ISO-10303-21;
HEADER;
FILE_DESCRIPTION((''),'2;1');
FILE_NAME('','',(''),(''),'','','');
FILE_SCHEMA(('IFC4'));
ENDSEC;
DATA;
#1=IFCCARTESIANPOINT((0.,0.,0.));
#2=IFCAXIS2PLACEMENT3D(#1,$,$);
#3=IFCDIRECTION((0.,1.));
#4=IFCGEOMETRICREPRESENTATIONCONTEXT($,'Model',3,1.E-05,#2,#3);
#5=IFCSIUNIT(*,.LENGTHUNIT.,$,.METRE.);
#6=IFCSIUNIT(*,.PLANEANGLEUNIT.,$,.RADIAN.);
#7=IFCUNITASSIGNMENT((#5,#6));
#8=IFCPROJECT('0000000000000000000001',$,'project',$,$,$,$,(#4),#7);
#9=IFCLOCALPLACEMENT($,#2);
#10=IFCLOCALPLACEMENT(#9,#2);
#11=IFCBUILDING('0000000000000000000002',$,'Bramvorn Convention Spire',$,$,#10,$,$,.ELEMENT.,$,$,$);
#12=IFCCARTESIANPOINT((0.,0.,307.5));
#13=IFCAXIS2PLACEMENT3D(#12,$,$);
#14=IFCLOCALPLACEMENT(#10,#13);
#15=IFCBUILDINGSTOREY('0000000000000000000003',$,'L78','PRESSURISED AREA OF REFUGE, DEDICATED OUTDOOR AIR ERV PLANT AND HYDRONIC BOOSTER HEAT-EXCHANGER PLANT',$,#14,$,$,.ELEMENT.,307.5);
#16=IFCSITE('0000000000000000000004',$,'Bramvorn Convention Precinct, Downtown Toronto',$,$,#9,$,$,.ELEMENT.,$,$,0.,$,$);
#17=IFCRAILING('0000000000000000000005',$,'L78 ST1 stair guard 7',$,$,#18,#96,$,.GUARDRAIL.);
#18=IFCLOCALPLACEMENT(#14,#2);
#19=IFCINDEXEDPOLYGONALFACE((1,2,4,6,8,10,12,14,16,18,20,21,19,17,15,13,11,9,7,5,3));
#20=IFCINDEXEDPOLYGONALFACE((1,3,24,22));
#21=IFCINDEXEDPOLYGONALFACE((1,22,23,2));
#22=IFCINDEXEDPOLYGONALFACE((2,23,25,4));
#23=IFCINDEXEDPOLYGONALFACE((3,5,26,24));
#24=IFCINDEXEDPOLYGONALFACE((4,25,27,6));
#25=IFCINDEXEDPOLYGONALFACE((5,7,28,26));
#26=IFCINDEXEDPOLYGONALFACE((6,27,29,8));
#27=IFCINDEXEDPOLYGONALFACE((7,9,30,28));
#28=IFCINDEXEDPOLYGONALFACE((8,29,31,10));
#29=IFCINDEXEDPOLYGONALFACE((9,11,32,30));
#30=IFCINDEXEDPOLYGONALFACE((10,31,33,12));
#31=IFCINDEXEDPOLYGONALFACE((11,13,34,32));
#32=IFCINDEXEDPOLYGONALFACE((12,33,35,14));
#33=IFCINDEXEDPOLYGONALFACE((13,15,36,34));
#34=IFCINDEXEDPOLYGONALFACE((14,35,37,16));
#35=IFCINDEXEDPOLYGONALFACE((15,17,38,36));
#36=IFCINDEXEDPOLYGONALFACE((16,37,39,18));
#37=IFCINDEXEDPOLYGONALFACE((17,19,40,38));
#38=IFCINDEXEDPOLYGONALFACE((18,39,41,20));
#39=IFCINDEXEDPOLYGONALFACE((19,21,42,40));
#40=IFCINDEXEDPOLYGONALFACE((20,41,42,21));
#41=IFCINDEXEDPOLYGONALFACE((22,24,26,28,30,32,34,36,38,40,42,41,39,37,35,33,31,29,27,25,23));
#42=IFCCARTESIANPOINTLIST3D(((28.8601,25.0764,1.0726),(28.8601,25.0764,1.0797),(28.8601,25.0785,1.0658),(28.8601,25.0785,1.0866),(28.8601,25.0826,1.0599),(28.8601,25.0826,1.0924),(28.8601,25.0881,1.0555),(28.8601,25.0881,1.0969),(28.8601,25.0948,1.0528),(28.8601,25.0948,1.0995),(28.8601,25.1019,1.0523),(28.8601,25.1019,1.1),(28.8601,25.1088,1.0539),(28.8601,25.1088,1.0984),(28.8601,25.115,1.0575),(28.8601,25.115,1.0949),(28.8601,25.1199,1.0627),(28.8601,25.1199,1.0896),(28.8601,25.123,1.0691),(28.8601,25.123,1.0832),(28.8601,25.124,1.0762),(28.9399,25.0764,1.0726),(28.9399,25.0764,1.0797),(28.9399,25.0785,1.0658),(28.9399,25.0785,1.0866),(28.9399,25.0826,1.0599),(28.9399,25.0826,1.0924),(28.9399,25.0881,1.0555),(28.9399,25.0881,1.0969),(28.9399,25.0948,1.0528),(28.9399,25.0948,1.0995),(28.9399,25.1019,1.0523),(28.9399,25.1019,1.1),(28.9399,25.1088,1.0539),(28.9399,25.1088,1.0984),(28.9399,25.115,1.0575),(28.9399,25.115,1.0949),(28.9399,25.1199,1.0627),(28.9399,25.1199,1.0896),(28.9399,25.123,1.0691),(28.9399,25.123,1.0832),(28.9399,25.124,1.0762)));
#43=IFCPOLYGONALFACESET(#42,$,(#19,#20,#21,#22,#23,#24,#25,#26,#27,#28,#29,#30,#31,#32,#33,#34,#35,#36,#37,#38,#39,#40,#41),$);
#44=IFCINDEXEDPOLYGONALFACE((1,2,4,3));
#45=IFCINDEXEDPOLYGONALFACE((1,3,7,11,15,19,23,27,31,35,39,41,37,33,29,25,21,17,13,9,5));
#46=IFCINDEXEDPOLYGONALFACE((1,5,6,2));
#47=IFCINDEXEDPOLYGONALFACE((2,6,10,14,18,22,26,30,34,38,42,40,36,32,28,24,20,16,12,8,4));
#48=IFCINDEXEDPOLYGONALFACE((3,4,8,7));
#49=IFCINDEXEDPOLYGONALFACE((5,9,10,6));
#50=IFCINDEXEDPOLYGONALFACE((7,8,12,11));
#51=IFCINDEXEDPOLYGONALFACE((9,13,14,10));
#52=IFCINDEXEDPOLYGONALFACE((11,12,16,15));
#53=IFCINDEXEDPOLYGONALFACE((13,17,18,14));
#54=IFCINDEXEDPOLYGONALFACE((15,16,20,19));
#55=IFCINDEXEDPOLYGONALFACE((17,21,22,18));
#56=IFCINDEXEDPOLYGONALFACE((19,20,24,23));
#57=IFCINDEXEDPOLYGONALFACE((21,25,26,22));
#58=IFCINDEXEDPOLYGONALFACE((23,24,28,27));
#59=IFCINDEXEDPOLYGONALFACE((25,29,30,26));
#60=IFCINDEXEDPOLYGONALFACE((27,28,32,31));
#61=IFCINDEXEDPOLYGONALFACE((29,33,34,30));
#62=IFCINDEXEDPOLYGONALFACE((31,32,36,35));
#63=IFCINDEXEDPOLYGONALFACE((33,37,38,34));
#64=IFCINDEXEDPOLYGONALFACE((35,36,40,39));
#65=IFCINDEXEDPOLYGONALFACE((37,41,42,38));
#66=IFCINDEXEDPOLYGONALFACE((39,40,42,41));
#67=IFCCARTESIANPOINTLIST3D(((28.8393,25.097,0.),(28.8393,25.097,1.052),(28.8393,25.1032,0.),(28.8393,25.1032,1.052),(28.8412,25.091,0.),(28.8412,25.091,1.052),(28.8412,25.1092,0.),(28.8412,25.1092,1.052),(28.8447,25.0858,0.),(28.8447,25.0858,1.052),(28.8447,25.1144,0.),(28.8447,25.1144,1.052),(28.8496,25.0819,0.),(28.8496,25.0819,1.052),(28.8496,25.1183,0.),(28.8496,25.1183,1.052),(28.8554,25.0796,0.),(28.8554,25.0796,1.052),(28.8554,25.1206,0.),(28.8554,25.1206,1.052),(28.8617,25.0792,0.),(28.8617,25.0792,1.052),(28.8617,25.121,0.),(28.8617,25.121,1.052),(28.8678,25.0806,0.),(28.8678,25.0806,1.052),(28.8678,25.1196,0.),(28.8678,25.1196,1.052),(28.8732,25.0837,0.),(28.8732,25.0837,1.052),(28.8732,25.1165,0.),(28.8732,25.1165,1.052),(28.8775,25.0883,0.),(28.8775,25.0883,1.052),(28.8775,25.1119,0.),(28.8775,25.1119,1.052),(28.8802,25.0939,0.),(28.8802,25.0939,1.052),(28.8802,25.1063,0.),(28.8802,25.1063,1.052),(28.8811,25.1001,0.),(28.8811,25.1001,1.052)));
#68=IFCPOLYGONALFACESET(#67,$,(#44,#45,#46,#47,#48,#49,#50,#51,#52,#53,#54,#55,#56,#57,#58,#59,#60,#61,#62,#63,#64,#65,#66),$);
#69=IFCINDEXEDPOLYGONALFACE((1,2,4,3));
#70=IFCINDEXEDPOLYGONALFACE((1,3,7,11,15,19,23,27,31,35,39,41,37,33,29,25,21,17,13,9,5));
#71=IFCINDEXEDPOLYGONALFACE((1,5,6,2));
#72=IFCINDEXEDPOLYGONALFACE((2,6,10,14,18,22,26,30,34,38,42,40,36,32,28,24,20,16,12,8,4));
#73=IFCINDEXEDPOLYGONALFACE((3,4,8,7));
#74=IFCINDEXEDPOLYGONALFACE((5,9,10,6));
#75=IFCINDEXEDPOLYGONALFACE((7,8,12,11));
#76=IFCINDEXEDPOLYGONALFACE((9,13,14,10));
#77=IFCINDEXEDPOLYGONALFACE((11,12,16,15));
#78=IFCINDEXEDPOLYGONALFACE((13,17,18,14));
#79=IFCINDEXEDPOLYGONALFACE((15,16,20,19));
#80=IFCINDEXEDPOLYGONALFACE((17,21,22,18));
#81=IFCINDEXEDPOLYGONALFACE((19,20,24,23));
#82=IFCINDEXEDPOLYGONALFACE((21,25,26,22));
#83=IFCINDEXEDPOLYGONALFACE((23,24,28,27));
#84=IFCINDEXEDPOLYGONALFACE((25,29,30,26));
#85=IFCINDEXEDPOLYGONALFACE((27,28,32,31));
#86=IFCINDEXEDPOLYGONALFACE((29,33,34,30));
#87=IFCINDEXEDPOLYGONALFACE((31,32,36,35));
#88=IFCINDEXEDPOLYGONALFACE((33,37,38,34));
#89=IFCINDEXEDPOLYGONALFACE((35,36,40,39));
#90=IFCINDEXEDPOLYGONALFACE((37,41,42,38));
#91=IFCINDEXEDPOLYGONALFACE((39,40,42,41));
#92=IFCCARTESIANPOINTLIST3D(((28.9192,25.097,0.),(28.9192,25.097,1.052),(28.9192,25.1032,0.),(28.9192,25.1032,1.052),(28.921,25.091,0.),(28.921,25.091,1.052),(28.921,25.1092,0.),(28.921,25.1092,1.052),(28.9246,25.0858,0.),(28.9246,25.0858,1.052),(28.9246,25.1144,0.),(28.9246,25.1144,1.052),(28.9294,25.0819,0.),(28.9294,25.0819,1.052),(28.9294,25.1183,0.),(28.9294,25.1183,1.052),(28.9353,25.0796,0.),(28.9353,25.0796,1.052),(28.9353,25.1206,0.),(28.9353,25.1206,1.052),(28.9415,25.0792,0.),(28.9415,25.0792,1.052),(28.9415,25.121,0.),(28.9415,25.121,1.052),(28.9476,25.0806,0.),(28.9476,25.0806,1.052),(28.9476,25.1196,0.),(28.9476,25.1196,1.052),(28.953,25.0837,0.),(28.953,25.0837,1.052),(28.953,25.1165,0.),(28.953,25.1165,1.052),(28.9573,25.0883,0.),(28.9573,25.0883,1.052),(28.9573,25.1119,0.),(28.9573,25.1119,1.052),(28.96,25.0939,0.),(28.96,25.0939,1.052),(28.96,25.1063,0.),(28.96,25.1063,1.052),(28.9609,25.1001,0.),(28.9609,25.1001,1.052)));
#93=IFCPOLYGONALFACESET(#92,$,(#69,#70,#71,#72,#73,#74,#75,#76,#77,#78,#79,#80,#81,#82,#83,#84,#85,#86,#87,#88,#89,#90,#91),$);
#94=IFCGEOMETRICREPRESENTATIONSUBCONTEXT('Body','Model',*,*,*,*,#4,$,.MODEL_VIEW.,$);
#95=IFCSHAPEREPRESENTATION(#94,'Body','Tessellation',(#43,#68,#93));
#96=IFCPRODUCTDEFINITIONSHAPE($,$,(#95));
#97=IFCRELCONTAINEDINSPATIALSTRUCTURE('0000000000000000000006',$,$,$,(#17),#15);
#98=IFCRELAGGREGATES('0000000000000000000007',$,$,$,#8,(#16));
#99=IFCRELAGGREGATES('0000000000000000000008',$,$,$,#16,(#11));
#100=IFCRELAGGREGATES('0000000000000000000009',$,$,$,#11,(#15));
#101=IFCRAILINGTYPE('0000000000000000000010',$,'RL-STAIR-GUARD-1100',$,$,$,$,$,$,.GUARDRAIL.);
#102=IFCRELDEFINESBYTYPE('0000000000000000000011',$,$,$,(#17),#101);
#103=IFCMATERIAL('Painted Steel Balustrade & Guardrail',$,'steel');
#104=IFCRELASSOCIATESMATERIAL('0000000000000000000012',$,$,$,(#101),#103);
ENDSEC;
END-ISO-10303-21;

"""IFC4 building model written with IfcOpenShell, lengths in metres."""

from ifc_helpers import new_model, si_unit, direction, frame, origin, origin_2d, place, context, subcontext, project, spatial, circle, extrude, material, type_object, element, save


model = new_model("IFC4")

# Units and contexts
model_context = context("Model", 3, precision=1e-05, world=origin(), true_north=direction((0.0, 1.0)))
body_context = subcontext(model_context, "Body", "Model", "MODEL_VIEW")
ifc_project = project(units=[si_unit("LENGTHUNIT", "METRE"), si_unit("PLANEANGLEUNIT", "RADIAN")], contexts=[model_context])

# Site, building, storey
site_placement = place(None, origin())
site = spatial("IfcSite", under=ifc_project, at=site_placement, Name="Bramvorn Convention Precinct, Downtown Toronto", CompositionType="ELEMENT", RefElevation=0.0)
building_placement = place(site_placement, origin())
building = spatial("IfcBuilding", under=site, at=building_placement, Name="Bramvorn Convention Spire", CompositionType="ELEMENT")
storey_placement = place(building_placement, frame((0.0, 0.0, 307.5)))
storey = spatial("IfcBuildingStorey", under=building, at=storey_placement, Name="L78", Description="PRESSURISED AREA OF REFUGE, DEDICATED OUTDOOR AIR ERV PLANT AND HYDRONIC BOOSTER HEAT-EXCHANGER PLANT", CompositionType="ELEMENT", Elevation=307.5)

# Railing
ifc_material_1 = material(Name="Painted Steel Balustrade & Guardrail", Category="steel")
railing_type_1 = type_object("IfcRailingType", Name="RL-STAIR-GUARD-1100", PredefinedType="GUARDRAIL", material=ifc_material_1)
railing_1_placement = place(storey_placement, frame((28.8601, 25.1001, 0.0)))
element("IfcRailing", 1, at=railing_1_placement, inside=storey, type_object=railing_type_1, Name="L78 ST1 stair guard 7", PredefinedType="GUARDRAIL", context=body_context, shape_type="SweptSolid", body=[
    extrude(circle(Radius=0.0239, at=origin_2d()), frame((0.0, 0.0, 1.0762), z_axis=(1.0, 0.0, 0.0), x_axis=(0.0, 1.0, 0.0)), (0.0, 0.0, 1.0), 0.0798),
    extrude(circle(Radius=0.021, at=origin_2d()), origin(), (0.0, 0.0, 1.0), 1.052),
    extrude(circle(Radius=0.021, at=origin_2d()), frame((0.0798, 0.0, 0.0)), (0.0, 0.0, 1.0), 1.052),
])

save(model, "model.ifc")
